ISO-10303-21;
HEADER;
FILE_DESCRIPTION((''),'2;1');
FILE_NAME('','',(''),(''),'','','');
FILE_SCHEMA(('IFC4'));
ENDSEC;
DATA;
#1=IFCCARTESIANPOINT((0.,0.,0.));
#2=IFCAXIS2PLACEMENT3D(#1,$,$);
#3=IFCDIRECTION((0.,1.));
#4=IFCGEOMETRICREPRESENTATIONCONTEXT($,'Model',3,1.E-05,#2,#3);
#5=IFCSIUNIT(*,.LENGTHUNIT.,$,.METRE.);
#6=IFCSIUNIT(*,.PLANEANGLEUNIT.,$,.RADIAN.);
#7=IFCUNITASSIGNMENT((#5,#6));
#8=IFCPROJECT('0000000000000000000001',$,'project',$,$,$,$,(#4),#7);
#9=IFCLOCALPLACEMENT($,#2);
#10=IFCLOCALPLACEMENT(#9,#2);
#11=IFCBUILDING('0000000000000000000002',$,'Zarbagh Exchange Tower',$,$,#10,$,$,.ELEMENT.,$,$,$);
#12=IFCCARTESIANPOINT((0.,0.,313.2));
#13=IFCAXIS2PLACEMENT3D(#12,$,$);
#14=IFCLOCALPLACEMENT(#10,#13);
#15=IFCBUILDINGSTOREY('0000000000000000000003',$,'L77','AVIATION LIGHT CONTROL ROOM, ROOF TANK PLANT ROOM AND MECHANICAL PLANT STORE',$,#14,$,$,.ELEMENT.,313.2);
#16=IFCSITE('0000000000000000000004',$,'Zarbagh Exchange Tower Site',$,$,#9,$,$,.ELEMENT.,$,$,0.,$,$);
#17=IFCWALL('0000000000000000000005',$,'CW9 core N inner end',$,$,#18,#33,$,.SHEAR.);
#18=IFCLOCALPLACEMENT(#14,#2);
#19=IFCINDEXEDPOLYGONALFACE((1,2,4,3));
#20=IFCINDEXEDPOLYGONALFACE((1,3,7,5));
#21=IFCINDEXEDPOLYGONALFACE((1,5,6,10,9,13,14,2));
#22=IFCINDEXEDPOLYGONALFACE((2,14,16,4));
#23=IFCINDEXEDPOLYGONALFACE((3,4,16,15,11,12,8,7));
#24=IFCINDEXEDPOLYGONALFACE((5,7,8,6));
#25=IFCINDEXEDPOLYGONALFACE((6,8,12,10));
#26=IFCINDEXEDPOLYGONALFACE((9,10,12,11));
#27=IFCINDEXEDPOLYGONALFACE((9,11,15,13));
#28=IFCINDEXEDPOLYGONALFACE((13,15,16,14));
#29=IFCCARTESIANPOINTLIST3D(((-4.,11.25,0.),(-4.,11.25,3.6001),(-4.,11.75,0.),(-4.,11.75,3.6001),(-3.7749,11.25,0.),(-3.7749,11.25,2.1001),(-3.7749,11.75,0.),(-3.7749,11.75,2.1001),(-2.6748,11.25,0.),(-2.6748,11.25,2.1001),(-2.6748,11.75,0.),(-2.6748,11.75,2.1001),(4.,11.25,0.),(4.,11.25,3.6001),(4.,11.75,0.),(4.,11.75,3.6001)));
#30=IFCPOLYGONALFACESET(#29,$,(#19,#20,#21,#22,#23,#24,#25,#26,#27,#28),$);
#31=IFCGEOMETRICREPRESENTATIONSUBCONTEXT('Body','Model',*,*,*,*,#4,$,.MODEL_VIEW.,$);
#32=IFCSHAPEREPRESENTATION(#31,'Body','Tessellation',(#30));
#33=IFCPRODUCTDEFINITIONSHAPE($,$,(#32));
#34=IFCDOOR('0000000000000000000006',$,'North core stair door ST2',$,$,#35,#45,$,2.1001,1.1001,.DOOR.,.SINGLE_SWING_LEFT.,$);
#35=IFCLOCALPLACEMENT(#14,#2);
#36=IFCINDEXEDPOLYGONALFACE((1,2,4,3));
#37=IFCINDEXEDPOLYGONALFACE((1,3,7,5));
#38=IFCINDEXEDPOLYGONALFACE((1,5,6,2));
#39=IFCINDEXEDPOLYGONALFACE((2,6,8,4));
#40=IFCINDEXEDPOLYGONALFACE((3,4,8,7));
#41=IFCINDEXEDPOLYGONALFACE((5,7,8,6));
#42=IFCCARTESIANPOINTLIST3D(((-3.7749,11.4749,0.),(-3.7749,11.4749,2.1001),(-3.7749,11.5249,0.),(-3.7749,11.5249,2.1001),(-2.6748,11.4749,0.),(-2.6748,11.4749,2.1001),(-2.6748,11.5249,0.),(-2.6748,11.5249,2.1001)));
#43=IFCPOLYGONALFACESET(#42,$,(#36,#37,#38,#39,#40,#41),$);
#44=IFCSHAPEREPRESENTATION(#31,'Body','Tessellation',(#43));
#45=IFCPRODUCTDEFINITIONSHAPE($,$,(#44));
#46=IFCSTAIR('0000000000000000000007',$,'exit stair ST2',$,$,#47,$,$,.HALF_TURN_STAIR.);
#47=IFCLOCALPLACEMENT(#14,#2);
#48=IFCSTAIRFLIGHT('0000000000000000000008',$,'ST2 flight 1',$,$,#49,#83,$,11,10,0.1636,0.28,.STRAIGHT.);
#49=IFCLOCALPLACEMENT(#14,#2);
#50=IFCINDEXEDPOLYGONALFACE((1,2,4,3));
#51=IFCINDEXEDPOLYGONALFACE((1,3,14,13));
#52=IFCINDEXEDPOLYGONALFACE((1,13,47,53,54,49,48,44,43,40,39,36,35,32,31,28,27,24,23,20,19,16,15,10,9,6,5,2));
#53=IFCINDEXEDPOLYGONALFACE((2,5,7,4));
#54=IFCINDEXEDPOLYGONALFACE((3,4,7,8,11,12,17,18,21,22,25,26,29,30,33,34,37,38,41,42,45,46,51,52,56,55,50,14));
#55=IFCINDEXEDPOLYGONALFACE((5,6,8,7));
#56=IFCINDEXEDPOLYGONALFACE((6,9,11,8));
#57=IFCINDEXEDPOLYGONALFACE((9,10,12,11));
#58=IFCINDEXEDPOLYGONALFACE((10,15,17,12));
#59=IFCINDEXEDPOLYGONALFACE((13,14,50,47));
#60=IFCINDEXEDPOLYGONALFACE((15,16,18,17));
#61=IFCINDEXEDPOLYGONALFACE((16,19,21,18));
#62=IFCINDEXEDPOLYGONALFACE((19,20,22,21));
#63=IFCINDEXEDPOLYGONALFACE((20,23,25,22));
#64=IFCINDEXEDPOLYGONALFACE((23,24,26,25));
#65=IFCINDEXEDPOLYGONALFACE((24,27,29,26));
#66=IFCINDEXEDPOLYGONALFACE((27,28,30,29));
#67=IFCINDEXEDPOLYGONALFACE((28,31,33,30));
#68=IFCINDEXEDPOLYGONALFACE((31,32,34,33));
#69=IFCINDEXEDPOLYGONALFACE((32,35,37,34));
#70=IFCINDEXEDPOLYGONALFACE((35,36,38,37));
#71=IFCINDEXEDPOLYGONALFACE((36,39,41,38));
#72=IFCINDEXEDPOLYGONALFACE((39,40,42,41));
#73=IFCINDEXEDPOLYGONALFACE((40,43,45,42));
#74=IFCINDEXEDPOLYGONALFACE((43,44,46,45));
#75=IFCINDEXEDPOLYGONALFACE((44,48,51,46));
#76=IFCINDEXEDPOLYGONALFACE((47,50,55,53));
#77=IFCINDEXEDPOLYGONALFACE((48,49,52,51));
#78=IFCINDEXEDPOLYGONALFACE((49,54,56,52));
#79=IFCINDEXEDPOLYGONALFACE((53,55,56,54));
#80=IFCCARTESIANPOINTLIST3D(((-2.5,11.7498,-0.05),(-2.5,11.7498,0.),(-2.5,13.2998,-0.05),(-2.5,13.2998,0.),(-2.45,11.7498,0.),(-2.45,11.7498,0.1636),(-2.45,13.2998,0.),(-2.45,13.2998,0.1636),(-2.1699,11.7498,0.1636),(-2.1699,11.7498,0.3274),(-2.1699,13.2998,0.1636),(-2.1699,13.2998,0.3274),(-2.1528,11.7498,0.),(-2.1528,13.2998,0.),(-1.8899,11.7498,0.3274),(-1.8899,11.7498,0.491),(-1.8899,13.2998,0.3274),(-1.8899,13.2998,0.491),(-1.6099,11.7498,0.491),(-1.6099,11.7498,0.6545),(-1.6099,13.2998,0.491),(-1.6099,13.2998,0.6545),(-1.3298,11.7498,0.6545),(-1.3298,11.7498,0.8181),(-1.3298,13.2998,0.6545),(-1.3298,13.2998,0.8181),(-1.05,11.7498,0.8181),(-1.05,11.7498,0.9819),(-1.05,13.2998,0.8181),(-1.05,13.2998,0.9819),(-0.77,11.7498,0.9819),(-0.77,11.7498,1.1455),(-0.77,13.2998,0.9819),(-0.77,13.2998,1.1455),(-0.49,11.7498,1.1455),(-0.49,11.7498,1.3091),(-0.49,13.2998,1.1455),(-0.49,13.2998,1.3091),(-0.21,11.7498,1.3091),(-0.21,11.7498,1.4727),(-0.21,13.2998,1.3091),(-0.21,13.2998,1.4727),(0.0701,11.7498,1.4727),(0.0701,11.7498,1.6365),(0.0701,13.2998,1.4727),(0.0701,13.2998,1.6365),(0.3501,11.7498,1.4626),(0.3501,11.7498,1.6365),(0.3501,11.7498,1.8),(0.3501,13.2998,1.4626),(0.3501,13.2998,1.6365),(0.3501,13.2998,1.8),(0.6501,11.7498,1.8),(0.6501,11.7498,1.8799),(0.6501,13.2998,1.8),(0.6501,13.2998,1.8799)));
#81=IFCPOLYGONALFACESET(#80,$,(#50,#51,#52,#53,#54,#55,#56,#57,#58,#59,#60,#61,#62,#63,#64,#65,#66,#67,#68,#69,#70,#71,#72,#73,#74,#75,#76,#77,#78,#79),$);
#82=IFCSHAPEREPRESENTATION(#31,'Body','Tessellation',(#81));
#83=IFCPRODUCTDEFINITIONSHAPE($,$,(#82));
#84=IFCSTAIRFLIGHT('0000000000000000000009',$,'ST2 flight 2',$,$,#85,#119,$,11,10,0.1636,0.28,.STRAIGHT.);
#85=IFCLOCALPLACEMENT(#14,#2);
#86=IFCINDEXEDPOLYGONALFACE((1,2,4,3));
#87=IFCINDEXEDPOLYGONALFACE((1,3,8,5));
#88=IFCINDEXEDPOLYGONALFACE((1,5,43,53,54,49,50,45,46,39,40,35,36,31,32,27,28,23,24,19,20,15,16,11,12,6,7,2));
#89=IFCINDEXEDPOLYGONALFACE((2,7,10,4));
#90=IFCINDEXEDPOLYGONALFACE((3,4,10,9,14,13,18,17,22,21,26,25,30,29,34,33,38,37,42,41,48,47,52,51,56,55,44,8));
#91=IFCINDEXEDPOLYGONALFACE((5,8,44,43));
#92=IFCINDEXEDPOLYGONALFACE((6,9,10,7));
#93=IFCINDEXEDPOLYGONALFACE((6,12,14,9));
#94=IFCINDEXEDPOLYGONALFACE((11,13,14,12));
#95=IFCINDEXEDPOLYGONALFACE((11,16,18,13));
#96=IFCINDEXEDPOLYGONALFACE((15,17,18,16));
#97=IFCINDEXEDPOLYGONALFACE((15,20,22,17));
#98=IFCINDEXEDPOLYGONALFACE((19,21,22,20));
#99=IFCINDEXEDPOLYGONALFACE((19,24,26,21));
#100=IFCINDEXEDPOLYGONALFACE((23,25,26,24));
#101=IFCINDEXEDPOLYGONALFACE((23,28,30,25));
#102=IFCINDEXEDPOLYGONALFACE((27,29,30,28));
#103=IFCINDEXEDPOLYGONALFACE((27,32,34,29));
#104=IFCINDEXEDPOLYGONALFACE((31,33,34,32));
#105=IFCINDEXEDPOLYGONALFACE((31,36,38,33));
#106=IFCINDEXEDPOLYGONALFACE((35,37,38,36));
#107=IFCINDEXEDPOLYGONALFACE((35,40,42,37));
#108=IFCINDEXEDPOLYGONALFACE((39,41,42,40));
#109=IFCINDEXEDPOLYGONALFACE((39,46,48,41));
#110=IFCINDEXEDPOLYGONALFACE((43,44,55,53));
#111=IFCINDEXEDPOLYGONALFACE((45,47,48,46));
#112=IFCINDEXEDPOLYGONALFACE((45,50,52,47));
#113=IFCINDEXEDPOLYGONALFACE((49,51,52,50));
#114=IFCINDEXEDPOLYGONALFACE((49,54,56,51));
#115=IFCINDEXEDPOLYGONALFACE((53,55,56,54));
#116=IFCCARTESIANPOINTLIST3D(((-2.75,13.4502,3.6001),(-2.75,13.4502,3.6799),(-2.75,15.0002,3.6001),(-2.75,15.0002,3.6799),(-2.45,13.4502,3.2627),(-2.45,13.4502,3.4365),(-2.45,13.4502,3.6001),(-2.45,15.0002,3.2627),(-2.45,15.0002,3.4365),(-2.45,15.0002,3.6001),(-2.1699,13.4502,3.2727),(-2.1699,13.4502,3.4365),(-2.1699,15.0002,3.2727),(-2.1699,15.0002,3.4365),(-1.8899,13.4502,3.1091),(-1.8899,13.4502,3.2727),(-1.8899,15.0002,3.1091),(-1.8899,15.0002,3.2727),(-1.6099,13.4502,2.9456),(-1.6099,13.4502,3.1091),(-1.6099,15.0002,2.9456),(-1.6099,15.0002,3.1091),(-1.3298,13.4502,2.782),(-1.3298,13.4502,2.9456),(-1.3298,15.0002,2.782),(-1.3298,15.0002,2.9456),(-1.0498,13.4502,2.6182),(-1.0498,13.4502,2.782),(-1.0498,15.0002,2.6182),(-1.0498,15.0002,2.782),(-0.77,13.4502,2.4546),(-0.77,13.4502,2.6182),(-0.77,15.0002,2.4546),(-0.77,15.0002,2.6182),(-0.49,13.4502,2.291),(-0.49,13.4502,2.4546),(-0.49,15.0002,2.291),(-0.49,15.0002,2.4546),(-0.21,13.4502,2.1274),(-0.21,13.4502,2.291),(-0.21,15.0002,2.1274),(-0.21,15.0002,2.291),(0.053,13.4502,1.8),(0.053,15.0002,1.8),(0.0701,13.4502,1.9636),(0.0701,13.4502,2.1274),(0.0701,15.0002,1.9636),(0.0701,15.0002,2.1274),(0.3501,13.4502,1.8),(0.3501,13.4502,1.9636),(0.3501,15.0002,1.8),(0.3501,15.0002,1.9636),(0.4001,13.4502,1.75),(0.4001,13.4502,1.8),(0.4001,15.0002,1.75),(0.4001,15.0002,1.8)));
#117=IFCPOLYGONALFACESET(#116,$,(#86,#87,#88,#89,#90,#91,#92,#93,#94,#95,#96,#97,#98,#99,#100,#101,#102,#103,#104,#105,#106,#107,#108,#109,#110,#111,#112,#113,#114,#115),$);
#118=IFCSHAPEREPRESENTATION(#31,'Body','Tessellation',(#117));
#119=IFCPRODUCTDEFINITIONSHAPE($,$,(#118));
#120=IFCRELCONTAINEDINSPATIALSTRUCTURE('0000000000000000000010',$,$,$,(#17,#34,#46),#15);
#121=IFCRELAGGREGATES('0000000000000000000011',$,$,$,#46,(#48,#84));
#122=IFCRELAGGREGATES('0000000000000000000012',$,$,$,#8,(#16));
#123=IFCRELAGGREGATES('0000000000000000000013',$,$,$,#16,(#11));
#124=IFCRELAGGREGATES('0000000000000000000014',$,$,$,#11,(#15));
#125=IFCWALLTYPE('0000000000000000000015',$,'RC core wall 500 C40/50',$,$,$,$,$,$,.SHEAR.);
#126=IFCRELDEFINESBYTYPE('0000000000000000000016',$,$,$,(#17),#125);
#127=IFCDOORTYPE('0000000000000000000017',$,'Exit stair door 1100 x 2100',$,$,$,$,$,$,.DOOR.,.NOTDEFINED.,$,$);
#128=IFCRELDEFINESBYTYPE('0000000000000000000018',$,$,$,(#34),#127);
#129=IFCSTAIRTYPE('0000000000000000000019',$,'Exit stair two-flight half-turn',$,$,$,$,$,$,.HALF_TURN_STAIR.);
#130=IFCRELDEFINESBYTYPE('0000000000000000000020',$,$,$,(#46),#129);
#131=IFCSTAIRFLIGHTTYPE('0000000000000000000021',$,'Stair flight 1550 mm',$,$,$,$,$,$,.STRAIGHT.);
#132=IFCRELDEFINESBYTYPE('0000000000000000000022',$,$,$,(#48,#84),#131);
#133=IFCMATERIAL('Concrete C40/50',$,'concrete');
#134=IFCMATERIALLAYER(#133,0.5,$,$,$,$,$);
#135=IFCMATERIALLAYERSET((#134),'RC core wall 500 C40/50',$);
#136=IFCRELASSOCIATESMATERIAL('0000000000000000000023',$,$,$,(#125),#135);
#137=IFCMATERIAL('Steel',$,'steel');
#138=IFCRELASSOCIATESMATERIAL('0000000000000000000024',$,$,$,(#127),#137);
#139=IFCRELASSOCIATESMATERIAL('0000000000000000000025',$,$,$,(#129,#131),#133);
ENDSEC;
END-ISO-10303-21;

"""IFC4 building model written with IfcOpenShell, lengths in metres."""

from ifc_helpers import new_model, si_unit, direction, frame, frame_2d, origin, place, context, subcontext, project, spatial, polyline, rectangle, outline, extrude, material, layer, layer_set, type_object, element, fill, aggregate, save


model = new_model("IFC4")

# Units and contexts
model_context = context("Model", 3, precision=1e-05, world=origin(), true_north=direction((0.0, 1.0)))
body_context = subcontext(model_context, "Body", "Model", "MODEL_VIEW")
ifc_project = project(units=[si_unit("LENGTHUNIT", "METRE"), si_unit("PLANEANGLEUNIT", "RADIAN")], contexts=[model_context])

# Site, building, storey
site_placement = place(None, origin())
site = spatial("IfcSite", under=ifc_project, at=site_placement, Name="Zarbagh Exchange Tower Site", CompositionType="ELEMENT", RefElevation=0.0)
building_placement = place(site_placement, origin())
building = spatial("IfcBuilding", under=site, at=building_placement, Name="Zarbagh Exchange Tower", CompositionType="ELEMENT")
storey_placement = place(building_placement, frame((0.0, 0.0, 313.2)))
storey = spatial("IfcBuildingStorey", under=building, at=storey_placement, Name="L77", Description="AVIATION LIGHT CONTROL ROOM, ROOF TANK PLANT ROOM AND MECHANICAL PLANT STORE", CompositionType="ELEMENT", Elevation=313.2)

# Shared definitions
ifc_material_1 = material(Name="Concrete C40/50", Category="concrete")
ifc_layer_1 = layer(ifc_material_1, 0.5)
ifc_layer_set_1 = layer_set([ifc_layer_1], Name="RC core wall 500 C40/50")
wall_type_1 = type_object("IfcWallType", Name="RC core wall 500 C40/50", PredefinedType="SHEAR", material=ifc_layer_set_1)

# Wall, opening, door
wall_1_placement = place(storey_placement, frame((-4.0, 11.5, 0.0), z_axis=(0.0, 0.0, 1.0), x_axis=(1.0, 0.0, 0.0)))
wall_1 = element("IfcWall", 1, at=wall_1_placement, inside=storey, type_object=wall_type_1, Name="CW9 core N inner end", PredefinedType="SHEAR", context=body_context, shape_type="SweptSolid", body=[
    extrude(rectangle(XDim=8.0, YDim=0.5, at=frame_2d((4.0, 0.0))), origin(), (0.0, 0.0, 1.0), 3.6001),
])
opening_1_placement = place(wall_1_placement, frame((0.2251, 0.0, 0.0)))
opening_1 = element("IfcOpeningElement", 2, at=opening_1_placement, cuts=wall_1, PredefinedType="OPENING", context=body_context, shape_type="SweptSolid", body=[
    extrude(rectangle(XDim=1.1001, YDim=2.1001, at=frame_2d((0.55, 1.05))), frame((0.0, 0.26, 0.0), z_axis=(0.0, -1.0, 0.0), x_axis=(1.0, 0.0, 0.0)), (0.0, 0.0, 1.0), 0.52),
])
ifc_material_2 = material(Name="Steel", Category="steel")
door_type_1 = type_object("IfcDoorType", Name="Exit stair door 1100 x 2100", OperationType="NOTDEFINED", PredefinedType="DOOR", material=ifc_material_2)
door_1_placement = place(opening_1_placement, origin())
door_1 = element("IfcDoor", 3, at=door_1_placement, inside=storey, type_object=door_type_1, Name="North core stair door ST2", OperationType="SINGLE_SWING_LEFT", OverallHeight=2.1001, OverallWidth=1.1001, PredefinedType="DOOR", context=body_context, shape_type="SweptSolid", body=[
    extrude(rectangle(XDim=1.1001, YDim=2.1001, at=frame_2d((0.55, 1.05))), frame((0.0, 0.0249, 0.0), z_axis=(0.0, -1.0, 0.0), x_axis=(1.0, 0.0, 0.0)), (0.0, 0.0, 1.0), 0.05),
])
fill(opening_1, door_1)

# Stair, stair flights
stair_type = type_object("IfcStairType", Name="Exit stair two-flight half-turn", PredefinedType="HALF_TURN_STAIR", material=ifc_material_1)
stair_placement = place(storey_placement, origin())
stair = element("IfcStair", 4, at=stair_placement, inside=storey, type_object=stair_type, Name="exit stair ST2", PredefinedType="HALF_TURN_STAIR")
stair_flight_type = type_object("IfcStairFlightType", Name="Stair flight 1550 mm", PredefinedType="STRAIGHT", material=ifc_material_1)
stair_flight_1_placement = place(storey_placement, frame((-2.45, 12.5249, 0.0), z_axis=(0.0, 0.0, 1.0), x_axis=(1.0, 0.0, 0.0)))
stair_flight_1 = element("IfcStairFlight", 5, at=stair_flight_1_placement, type_object=stair_flight_type, Name="ST2 flight 1", NumberOfRisers=11, NumberOfTreads=10, PredefinedType="STRAIGHT", RiserHeight=0.1636, TreadLength=0.28, context=body_context, shape_type="SweptSolid", body=[
    extrude(outline(polyline([(-0.05, -0.05), (-0.05, 0.0), (0.0, 0.0), (0.0, 0.1636), (0.28, 0.1636), (0.28, 0.3274), (0.5601, 0.3274), (0.5601, 0.491), (0.8401, 0.491), (0.8401, 0.6545), (1.1201, 0.6545), (1.1201, 0.8181), (1.3999, 0.8181), (1.3999, 0.9819), (1.6799, 0.9819), (1.6799, 1.1455), (1.96, 1.1455), (1.96, 1.3091), (2.24, 1.3091), (2.24, 1.4727), (2.52, 1.4727), (2.52, 1.6365), (2.8, 1.6365), (2.8, 1.8), (3.1001, 1.8799), (3.1001, 1.8), (2.8, 1.4626), (0.2971, 0.0), (-0.05, -0.05)])), frame((0.0, 0.7749, 0.0), z_axis=(0.0, -1.0, 0.0), x_axis=(1.0, 0.0, 0.0)), (0.0, 0.0, 1.0), 1.55),
])
stair_flight_2_placement = place(storey_placement, frame((0.3501, 14.2251, 1.8), z_axis=(0.0, 0.0, 1.0), x_axis=(-1.0, 0.0, 0.0)))
stair_flight_2 = element("IfcStairFlight", 6, at=stair_flight_2_placement, type_object=stair_flight_type, Name="ST2 flight 2", NumberOfRisers=11, NumberOfTreads=10, PredefinedType="STRAIGHT", RiserHeight=0.1636, TreadLength=0.28, context=body_context, shape_type="SweptSolid", body=[
    extrude(outline(polyline([(-0.05, -0.05), (-0.05, 0.0), (0.0, 0.0), (0.0, 0.1636), (0.28, 0.1636), (0.28, 0.3274), (0.5601, 0.3274), (0.5601, 0.491), (0.8401, 0.491), (0.8401, 0.6545), (1.1201, 0.6545), (1.1201, 0.8181), (1.3999, 0.8181), (1.3999, 0.9819), (1.6799, 0.9819), (1.6799, 1.1455), (1.96, 1.1455), (1.96, 1.3091), (2.24, 1.3091), (2.24, 1.4727), (2.52, 1.4727), (2.52, 1.6365), (2.8, 1.6365), (2.8, 1.8), (3.1001, 1.8799), (3.1001, 1.8), (2.8, 1.4626), (0.2971, 0.0), (-0.05, -0.05)])), frame((0.0, 0.7749, 0.0), z_axis=(0.0, -1.0, 0.0), x_axis=(1.0, 0.0, 0.0)), (0.0, 0.0, 1.0), 1.55),
])
aggregate(stair, [stair_flight_1, stair_flight_2])

save(model, "model.ifc")
